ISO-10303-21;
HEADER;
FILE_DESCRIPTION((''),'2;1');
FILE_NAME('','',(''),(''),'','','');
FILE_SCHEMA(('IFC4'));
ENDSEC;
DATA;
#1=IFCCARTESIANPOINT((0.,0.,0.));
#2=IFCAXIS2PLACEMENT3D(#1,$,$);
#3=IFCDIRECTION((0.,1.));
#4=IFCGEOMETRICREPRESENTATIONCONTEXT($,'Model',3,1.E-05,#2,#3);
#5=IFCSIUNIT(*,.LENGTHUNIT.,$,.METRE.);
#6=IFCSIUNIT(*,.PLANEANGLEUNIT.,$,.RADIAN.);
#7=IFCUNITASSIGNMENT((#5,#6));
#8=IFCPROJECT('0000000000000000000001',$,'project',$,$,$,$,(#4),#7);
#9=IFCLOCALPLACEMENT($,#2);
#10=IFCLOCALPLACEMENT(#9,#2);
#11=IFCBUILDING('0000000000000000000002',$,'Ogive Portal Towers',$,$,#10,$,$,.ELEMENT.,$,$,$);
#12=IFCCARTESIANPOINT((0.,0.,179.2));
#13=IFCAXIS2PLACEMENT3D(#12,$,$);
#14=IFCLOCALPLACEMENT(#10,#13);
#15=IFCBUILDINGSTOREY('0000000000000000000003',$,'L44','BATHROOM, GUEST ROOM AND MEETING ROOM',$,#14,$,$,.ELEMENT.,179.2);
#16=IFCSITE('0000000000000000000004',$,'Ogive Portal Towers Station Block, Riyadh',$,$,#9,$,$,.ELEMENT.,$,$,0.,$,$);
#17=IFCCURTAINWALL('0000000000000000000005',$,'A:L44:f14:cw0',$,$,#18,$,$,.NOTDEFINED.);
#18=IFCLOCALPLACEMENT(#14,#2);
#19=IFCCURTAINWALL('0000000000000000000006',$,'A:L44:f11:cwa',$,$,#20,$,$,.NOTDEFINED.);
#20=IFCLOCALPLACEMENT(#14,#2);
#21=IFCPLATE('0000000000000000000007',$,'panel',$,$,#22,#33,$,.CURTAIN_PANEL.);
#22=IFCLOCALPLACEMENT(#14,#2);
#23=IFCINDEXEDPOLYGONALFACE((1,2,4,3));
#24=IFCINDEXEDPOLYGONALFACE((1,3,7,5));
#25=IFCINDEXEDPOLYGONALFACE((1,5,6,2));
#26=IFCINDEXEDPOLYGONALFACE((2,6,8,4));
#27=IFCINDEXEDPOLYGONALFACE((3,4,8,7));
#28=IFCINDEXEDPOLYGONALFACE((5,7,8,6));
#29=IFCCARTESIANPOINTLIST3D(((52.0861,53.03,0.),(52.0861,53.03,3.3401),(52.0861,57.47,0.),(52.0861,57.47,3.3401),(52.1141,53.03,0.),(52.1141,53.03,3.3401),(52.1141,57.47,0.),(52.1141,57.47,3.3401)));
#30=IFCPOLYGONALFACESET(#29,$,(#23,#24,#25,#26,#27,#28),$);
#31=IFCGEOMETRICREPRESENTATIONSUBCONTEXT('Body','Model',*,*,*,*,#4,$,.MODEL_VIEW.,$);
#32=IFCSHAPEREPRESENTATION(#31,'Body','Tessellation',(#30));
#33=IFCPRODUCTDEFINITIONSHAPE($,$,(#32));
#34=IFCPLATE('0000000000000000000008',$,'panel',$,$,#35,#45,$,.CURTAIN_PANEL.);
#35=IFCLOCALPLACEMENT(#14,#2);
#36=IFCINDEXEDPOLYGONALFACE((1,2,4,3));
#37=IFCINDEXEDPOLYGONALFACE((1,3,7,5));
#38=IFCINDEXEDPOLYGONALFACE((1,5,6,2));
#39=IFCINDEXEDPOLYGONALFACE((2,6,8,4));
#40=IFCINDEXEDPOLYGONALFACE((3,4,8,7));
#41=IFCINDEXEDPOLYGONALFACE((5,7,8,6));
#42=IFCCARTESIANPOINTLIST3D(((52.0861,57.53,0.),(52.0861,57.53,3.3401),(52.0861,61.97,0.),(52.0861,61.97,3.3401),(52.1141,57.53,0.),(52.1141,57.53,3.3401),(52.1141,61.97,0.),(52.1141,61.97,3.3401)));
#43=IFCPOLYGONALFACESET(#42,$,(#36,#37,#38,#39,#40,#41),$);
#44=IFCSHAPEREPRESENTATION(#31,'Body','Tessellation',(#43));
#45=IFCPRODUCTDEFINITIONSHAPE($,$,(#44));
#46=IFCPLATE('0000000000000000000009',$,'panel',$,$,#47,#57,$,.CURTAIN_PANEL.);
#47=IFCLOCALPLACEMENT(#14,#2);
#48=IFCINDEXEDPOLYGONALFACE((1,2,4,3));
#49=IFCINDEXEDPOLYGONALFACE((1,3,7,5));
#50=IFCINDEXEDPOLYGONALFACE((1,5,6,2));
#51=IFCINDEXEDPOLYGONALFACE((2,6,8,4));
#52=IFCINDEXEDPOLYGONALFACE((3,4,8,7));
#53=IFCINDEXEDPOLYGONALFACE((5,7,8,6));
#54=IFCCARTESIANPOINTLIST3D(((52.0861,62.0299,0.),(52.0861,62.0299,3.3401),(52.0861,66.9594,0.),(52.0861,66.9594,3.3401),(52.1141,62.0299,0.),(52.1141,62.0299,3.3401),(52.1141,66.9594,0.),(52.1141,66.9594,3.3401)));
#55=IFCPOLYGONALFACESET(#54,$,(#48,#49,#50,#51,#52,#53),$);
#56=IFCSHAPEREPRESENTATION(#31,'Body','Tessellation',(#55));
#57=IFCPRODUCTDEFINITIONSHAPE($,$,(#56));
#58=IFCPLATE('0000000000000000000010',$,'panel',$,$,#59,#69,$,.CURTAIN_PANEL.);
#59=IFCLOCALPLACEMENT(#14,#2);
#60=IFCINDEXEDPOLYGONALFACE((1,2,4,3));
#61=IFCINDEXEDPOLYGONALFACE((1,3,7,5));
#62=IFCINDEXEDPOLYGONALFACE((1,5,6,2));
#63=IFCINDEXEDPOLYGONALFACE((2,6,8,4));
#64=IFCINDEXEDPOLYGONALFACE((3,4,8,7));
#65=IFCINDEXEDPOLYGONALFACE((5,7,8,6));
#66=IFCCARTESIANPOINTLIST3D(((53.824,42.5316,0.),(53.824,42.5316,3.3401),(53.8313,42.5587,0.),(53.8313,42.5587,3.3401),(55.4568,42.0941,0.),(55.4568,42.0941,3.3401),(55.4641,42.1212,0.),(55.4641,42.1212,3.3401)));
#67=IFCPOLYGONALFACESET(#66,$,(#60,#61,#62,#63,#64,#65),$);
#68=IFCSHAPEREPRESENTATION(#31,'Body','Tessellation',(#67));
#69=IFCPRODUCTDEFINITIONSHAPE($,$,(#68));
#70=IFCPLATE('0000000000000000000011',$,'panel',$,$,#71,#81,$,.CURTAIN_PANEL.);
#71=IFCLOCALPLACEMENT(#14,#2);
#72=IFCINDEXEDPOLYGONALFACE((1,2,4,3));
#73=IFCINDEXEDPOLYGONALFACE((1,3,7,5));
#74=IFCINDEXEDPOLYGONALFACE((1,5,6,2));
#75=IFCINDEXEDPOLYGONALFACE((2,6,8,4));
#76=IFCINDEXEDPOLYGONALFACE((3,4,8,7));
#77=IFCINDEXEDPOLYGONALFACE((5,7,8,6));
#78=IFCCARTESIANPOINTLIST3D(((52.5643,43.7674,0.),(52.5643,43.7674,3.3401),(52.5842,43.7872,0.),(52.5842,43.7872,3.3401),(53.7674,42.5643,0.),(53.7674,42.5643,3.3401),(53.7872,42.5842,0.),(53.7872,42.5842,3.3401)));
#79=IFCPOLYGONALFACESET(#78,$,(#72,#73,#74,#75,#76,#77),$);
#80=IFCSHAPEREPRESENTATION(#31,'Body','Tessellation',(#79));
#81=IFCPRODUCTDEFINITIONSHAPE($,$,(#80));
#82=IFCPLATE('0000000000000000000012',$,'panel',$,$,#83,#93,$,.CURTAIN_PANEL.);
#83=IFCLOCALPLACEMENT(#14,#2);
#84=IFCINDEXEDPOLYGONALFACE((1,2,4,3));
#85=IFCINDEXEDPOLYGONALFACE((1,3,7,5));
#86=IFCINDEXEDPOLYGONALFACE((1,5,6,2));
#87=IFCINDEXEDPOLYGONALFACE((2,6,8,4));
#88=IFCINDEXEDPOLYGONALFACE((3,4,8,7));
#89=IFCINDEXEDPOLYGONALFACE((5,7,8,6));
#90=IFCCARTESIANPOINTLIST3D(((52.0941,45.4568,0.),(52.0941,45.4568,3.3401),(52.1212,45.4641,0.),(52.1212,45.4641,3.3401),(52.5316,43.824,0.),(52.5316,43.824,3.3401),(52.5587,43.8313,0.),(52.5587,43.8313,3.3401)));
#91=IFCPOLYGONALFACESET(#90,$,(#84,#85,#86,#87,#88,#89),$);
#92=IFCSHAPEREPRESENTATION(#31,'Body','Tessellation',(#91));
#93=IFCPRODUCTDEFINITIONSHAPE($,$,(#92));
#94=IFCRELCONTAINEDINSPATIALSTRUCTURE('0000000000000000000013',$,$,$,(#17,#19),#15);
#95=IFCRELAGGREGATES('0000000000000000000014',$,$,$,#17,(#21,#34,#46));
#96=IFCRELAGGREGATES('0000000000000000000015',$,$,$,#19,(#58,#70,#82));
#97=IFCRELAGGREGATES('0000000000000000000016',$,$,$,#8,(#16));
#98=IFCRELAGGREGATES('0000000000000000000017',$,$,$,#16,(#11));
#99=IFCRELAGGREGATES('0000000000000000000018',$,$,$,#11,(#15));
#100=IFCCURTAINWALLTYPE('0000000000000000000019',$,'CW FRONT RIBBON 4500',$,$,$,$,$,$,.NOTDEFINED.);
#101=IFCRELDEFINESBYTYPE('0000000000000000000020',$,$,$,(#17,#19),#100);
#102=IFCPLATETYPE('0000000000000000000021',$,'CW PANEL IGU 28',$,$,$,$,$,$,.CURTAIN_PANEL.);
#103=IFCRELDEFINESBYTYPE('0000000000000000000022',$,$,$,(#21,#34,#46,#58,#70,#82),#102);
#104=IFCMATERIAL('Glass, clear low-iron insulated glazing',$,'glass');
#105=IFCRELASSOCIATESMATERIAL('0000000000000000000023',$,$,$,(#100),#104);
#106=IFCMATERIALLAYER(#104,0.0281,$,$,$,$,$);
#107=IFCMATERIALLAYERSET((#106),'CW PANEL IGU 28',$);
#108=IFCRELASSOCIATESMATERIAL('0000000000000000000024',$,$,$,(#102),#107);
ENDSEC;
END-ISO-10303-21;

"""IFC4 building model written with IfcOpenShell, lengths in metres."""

from ifc_helpers import new_model, si_unit, direction, frame, origin, origin_2d, place, context, subcontext, project, spatial, rectangle, extrude, material, layer, layer_set, type_object, element, aggregate, save


model = new_model("IFC4")

# Units and contexts
model_context = context("Model", 3, precision=1e-05, world=origin(), true_north=direction((0.0, 1.0)))
body_context = subcontext(model_context, "Body", "Model", "MODEL_VIEW")
ifc_project = project(units=[si_unit("LENGTHUNIT", "METRE"), si_unit("PLANEANGLEUNIT", "RADIAN")], contexts=[model_context])

# Site, building, storey
site_placement = place(None, origin())
site = spatial("IfcSite", under=ifc_project, at=site_placement, Name="Ogive Portal Towers Station Block, Riyadh", CompositionType="ELEMENT", RefElevation=0.0)
building_placement = place(site_placement, origin())
building = spatial("IfcBuilding", under=site, at=building_placement, Name="Ogive Portal Towers", CompositionType="ELEMENT")
storey_placement = place(building_placement, frame((0.0, 0.0, 179.2)))
storey = spatial("IfcBuildingStorey", under=building, at=storey_placement, Name="L44", Description="BATHROOM, GUEST ROOM AND MEETING ROOM", CompositionType="ELEMENT", Elevation=179.2)

# Shared definitions
ifc_material_1 = material(Name="Glass, clear low-iron insulated glazing", Category="glass")
curtain_wall_type = type_object("IfcCurtainWallType", Name="CW FRONT RIBBON 4500", PredefinedType="NOTDEFINED", material=ifc_material_1)

# Curtain walls
curtain_wall_1_placement = place(storey_placement, origin())
curtain_wall_1 = element("IfcCurtainWall", 1, at=curtain_wall_1_placement, inside=storey, type_object=curtain_wall_type, Name="A:L44:f14:cw0", PredefinedType="NOTDEFINED")
curtain_wall_2_placement = place(storey_placement, origin())
curtain_wall_2 = element("IfcCurtainWall", 2, at=curtain_wall_2_placement, inside=storey, type_object=curtain_wall_type, Name="A:L44:f11:cwa", PredefinedType="NOTDEFINED")

# Plates
ifc_layer = layer(ifc_material_1, 0.0281)
ifc_layer_set = layer_set([ifc_layer], Name="CW PANEL IGU 28")
plate_type = type_object("IfcPlateType", Name="CW PANEL IGU 28", PredefinedType="CURTAIN_PANEL", material=ifc_layer_set)
plate_1_placement = place(storey_placement, frame((52.1001, 55.25, 0.0), z_axis=(0.0, 0.0, 1.0), x_axis=(0.0, 1.0, 0.0)))
plate_1 = element("IfcPlate", 3, at=plate_1_placement, type_object=plate_type, Name="panel", PredefinedType="CURTAIN_PANEL", context=body_context, shape_type="SweptSolid", body=[
    extrude(rectangle(XDim=4.4399, YDim=0.0281, at=origin_2d()), origin(), (0.0, 0.0, 1.0), 3.3401),
])
plate_2_placement = place(storey_placement, frame((52.1001, 59.75, 0.0), z_axis=(0.0, 0.0, 1.0), x_axis=(0.0, 1.0, 0.0)))
plate_2 = element("IfcPlate", 4, at=plate_2_placement, type_object=plate_type, Name="panel", PredefinedType="CURTAIN_PANEL", context=body_context, shape_type="SweptSolid", body=[
    extrude(rectangle(XDim=4.4399, YDim=0.0281, at=origin_2d()), origin(), (0.0, 0.0, 1.0), 3.3401),
])
plate_3_placement = place(storey_placement, frame((52.1001, 64.4946, 0.0), z_axis=(0.0, 0.0, 1.0), x_axis=(0.0, 1.0, 0.0)))
plate_3 = element("IfcPlate", 5, at=plate_3_placement, type_object=plate_type, Name="panel", PredefinedType="CURTAIN_PANEL", context=body_context, shape_type="SweptSolid", body=[
    extrude(rectangle(XDim=4.9294, YDim=0.0281, at=origin_2d()), origin(), (0.0, 0.0, 1.0), 3.3401),
])
aggregate(curtain_wall_1, [plate_1, plate_2, plate_3])
plate_4_placement = place(storey_placement, frame((54.644, 42.3264, 0.0), z_axis=(0.0, 0.0, 1.0), x_axis=(-0.965926, 0.258819, 0.0)))
plate_4 = element("IfcPlate", 6, at=plate_4_placement, type_object=plate_type, Name="panel", PredefinedType="CURTAIN_PANEL", context=body_context, shape_type="SweptSolid", body=[
    extrude(rectangle(XDim=1.6904, YDim=0.0281, at=origin_2d()), origin(), (0.0, 0.0, 1.0), 3.3401),
])
plate_5_placement = place(storey_placement, frame((53.1758, 43.1758, 0.0), z_axis=(0.0, 0.0, 1.0), x_axis=(-0.707107, 0.707107, 0.0)))
plate_5 = element("IfcPlate", 7, at=plate_5_placement, type_object=plate_type, Name="panel", PredefinedType="CURTAIN_PANEL", context=body_context, shape_type="SweptSolid", body=[
    extrude(rectangle(XDim=1.7014, YDim=0.0281, at=origin_2d()), origin(), (0.0, 0.0, 1.0), 3.3401),
])
plate_6_placement = place(storey_placement, frame((52.3264, 44.644, 0.0), z_axis=(0.0, 0.0, 1.0), x_axis=(-0.258819, 0.965926, 0.0)))
plate_6 = element("IfcPlate", 8, at=plate_6_placement, type_object=plate_type, Name="panel", PredefinedType="CURTAIN_PANEL", context=body_context, shape_type="SweptSolid", body=[
    extrude(rectangle(XDim=1.6904, YDim=0.0281, at=origin_2d()), origin(), (0.0, 0.0, 1.0), 3.3401),
])
aggregate(curtain_wall_2, [plate_4, plate_5, plate_6])

save(model, "model.ifc")
